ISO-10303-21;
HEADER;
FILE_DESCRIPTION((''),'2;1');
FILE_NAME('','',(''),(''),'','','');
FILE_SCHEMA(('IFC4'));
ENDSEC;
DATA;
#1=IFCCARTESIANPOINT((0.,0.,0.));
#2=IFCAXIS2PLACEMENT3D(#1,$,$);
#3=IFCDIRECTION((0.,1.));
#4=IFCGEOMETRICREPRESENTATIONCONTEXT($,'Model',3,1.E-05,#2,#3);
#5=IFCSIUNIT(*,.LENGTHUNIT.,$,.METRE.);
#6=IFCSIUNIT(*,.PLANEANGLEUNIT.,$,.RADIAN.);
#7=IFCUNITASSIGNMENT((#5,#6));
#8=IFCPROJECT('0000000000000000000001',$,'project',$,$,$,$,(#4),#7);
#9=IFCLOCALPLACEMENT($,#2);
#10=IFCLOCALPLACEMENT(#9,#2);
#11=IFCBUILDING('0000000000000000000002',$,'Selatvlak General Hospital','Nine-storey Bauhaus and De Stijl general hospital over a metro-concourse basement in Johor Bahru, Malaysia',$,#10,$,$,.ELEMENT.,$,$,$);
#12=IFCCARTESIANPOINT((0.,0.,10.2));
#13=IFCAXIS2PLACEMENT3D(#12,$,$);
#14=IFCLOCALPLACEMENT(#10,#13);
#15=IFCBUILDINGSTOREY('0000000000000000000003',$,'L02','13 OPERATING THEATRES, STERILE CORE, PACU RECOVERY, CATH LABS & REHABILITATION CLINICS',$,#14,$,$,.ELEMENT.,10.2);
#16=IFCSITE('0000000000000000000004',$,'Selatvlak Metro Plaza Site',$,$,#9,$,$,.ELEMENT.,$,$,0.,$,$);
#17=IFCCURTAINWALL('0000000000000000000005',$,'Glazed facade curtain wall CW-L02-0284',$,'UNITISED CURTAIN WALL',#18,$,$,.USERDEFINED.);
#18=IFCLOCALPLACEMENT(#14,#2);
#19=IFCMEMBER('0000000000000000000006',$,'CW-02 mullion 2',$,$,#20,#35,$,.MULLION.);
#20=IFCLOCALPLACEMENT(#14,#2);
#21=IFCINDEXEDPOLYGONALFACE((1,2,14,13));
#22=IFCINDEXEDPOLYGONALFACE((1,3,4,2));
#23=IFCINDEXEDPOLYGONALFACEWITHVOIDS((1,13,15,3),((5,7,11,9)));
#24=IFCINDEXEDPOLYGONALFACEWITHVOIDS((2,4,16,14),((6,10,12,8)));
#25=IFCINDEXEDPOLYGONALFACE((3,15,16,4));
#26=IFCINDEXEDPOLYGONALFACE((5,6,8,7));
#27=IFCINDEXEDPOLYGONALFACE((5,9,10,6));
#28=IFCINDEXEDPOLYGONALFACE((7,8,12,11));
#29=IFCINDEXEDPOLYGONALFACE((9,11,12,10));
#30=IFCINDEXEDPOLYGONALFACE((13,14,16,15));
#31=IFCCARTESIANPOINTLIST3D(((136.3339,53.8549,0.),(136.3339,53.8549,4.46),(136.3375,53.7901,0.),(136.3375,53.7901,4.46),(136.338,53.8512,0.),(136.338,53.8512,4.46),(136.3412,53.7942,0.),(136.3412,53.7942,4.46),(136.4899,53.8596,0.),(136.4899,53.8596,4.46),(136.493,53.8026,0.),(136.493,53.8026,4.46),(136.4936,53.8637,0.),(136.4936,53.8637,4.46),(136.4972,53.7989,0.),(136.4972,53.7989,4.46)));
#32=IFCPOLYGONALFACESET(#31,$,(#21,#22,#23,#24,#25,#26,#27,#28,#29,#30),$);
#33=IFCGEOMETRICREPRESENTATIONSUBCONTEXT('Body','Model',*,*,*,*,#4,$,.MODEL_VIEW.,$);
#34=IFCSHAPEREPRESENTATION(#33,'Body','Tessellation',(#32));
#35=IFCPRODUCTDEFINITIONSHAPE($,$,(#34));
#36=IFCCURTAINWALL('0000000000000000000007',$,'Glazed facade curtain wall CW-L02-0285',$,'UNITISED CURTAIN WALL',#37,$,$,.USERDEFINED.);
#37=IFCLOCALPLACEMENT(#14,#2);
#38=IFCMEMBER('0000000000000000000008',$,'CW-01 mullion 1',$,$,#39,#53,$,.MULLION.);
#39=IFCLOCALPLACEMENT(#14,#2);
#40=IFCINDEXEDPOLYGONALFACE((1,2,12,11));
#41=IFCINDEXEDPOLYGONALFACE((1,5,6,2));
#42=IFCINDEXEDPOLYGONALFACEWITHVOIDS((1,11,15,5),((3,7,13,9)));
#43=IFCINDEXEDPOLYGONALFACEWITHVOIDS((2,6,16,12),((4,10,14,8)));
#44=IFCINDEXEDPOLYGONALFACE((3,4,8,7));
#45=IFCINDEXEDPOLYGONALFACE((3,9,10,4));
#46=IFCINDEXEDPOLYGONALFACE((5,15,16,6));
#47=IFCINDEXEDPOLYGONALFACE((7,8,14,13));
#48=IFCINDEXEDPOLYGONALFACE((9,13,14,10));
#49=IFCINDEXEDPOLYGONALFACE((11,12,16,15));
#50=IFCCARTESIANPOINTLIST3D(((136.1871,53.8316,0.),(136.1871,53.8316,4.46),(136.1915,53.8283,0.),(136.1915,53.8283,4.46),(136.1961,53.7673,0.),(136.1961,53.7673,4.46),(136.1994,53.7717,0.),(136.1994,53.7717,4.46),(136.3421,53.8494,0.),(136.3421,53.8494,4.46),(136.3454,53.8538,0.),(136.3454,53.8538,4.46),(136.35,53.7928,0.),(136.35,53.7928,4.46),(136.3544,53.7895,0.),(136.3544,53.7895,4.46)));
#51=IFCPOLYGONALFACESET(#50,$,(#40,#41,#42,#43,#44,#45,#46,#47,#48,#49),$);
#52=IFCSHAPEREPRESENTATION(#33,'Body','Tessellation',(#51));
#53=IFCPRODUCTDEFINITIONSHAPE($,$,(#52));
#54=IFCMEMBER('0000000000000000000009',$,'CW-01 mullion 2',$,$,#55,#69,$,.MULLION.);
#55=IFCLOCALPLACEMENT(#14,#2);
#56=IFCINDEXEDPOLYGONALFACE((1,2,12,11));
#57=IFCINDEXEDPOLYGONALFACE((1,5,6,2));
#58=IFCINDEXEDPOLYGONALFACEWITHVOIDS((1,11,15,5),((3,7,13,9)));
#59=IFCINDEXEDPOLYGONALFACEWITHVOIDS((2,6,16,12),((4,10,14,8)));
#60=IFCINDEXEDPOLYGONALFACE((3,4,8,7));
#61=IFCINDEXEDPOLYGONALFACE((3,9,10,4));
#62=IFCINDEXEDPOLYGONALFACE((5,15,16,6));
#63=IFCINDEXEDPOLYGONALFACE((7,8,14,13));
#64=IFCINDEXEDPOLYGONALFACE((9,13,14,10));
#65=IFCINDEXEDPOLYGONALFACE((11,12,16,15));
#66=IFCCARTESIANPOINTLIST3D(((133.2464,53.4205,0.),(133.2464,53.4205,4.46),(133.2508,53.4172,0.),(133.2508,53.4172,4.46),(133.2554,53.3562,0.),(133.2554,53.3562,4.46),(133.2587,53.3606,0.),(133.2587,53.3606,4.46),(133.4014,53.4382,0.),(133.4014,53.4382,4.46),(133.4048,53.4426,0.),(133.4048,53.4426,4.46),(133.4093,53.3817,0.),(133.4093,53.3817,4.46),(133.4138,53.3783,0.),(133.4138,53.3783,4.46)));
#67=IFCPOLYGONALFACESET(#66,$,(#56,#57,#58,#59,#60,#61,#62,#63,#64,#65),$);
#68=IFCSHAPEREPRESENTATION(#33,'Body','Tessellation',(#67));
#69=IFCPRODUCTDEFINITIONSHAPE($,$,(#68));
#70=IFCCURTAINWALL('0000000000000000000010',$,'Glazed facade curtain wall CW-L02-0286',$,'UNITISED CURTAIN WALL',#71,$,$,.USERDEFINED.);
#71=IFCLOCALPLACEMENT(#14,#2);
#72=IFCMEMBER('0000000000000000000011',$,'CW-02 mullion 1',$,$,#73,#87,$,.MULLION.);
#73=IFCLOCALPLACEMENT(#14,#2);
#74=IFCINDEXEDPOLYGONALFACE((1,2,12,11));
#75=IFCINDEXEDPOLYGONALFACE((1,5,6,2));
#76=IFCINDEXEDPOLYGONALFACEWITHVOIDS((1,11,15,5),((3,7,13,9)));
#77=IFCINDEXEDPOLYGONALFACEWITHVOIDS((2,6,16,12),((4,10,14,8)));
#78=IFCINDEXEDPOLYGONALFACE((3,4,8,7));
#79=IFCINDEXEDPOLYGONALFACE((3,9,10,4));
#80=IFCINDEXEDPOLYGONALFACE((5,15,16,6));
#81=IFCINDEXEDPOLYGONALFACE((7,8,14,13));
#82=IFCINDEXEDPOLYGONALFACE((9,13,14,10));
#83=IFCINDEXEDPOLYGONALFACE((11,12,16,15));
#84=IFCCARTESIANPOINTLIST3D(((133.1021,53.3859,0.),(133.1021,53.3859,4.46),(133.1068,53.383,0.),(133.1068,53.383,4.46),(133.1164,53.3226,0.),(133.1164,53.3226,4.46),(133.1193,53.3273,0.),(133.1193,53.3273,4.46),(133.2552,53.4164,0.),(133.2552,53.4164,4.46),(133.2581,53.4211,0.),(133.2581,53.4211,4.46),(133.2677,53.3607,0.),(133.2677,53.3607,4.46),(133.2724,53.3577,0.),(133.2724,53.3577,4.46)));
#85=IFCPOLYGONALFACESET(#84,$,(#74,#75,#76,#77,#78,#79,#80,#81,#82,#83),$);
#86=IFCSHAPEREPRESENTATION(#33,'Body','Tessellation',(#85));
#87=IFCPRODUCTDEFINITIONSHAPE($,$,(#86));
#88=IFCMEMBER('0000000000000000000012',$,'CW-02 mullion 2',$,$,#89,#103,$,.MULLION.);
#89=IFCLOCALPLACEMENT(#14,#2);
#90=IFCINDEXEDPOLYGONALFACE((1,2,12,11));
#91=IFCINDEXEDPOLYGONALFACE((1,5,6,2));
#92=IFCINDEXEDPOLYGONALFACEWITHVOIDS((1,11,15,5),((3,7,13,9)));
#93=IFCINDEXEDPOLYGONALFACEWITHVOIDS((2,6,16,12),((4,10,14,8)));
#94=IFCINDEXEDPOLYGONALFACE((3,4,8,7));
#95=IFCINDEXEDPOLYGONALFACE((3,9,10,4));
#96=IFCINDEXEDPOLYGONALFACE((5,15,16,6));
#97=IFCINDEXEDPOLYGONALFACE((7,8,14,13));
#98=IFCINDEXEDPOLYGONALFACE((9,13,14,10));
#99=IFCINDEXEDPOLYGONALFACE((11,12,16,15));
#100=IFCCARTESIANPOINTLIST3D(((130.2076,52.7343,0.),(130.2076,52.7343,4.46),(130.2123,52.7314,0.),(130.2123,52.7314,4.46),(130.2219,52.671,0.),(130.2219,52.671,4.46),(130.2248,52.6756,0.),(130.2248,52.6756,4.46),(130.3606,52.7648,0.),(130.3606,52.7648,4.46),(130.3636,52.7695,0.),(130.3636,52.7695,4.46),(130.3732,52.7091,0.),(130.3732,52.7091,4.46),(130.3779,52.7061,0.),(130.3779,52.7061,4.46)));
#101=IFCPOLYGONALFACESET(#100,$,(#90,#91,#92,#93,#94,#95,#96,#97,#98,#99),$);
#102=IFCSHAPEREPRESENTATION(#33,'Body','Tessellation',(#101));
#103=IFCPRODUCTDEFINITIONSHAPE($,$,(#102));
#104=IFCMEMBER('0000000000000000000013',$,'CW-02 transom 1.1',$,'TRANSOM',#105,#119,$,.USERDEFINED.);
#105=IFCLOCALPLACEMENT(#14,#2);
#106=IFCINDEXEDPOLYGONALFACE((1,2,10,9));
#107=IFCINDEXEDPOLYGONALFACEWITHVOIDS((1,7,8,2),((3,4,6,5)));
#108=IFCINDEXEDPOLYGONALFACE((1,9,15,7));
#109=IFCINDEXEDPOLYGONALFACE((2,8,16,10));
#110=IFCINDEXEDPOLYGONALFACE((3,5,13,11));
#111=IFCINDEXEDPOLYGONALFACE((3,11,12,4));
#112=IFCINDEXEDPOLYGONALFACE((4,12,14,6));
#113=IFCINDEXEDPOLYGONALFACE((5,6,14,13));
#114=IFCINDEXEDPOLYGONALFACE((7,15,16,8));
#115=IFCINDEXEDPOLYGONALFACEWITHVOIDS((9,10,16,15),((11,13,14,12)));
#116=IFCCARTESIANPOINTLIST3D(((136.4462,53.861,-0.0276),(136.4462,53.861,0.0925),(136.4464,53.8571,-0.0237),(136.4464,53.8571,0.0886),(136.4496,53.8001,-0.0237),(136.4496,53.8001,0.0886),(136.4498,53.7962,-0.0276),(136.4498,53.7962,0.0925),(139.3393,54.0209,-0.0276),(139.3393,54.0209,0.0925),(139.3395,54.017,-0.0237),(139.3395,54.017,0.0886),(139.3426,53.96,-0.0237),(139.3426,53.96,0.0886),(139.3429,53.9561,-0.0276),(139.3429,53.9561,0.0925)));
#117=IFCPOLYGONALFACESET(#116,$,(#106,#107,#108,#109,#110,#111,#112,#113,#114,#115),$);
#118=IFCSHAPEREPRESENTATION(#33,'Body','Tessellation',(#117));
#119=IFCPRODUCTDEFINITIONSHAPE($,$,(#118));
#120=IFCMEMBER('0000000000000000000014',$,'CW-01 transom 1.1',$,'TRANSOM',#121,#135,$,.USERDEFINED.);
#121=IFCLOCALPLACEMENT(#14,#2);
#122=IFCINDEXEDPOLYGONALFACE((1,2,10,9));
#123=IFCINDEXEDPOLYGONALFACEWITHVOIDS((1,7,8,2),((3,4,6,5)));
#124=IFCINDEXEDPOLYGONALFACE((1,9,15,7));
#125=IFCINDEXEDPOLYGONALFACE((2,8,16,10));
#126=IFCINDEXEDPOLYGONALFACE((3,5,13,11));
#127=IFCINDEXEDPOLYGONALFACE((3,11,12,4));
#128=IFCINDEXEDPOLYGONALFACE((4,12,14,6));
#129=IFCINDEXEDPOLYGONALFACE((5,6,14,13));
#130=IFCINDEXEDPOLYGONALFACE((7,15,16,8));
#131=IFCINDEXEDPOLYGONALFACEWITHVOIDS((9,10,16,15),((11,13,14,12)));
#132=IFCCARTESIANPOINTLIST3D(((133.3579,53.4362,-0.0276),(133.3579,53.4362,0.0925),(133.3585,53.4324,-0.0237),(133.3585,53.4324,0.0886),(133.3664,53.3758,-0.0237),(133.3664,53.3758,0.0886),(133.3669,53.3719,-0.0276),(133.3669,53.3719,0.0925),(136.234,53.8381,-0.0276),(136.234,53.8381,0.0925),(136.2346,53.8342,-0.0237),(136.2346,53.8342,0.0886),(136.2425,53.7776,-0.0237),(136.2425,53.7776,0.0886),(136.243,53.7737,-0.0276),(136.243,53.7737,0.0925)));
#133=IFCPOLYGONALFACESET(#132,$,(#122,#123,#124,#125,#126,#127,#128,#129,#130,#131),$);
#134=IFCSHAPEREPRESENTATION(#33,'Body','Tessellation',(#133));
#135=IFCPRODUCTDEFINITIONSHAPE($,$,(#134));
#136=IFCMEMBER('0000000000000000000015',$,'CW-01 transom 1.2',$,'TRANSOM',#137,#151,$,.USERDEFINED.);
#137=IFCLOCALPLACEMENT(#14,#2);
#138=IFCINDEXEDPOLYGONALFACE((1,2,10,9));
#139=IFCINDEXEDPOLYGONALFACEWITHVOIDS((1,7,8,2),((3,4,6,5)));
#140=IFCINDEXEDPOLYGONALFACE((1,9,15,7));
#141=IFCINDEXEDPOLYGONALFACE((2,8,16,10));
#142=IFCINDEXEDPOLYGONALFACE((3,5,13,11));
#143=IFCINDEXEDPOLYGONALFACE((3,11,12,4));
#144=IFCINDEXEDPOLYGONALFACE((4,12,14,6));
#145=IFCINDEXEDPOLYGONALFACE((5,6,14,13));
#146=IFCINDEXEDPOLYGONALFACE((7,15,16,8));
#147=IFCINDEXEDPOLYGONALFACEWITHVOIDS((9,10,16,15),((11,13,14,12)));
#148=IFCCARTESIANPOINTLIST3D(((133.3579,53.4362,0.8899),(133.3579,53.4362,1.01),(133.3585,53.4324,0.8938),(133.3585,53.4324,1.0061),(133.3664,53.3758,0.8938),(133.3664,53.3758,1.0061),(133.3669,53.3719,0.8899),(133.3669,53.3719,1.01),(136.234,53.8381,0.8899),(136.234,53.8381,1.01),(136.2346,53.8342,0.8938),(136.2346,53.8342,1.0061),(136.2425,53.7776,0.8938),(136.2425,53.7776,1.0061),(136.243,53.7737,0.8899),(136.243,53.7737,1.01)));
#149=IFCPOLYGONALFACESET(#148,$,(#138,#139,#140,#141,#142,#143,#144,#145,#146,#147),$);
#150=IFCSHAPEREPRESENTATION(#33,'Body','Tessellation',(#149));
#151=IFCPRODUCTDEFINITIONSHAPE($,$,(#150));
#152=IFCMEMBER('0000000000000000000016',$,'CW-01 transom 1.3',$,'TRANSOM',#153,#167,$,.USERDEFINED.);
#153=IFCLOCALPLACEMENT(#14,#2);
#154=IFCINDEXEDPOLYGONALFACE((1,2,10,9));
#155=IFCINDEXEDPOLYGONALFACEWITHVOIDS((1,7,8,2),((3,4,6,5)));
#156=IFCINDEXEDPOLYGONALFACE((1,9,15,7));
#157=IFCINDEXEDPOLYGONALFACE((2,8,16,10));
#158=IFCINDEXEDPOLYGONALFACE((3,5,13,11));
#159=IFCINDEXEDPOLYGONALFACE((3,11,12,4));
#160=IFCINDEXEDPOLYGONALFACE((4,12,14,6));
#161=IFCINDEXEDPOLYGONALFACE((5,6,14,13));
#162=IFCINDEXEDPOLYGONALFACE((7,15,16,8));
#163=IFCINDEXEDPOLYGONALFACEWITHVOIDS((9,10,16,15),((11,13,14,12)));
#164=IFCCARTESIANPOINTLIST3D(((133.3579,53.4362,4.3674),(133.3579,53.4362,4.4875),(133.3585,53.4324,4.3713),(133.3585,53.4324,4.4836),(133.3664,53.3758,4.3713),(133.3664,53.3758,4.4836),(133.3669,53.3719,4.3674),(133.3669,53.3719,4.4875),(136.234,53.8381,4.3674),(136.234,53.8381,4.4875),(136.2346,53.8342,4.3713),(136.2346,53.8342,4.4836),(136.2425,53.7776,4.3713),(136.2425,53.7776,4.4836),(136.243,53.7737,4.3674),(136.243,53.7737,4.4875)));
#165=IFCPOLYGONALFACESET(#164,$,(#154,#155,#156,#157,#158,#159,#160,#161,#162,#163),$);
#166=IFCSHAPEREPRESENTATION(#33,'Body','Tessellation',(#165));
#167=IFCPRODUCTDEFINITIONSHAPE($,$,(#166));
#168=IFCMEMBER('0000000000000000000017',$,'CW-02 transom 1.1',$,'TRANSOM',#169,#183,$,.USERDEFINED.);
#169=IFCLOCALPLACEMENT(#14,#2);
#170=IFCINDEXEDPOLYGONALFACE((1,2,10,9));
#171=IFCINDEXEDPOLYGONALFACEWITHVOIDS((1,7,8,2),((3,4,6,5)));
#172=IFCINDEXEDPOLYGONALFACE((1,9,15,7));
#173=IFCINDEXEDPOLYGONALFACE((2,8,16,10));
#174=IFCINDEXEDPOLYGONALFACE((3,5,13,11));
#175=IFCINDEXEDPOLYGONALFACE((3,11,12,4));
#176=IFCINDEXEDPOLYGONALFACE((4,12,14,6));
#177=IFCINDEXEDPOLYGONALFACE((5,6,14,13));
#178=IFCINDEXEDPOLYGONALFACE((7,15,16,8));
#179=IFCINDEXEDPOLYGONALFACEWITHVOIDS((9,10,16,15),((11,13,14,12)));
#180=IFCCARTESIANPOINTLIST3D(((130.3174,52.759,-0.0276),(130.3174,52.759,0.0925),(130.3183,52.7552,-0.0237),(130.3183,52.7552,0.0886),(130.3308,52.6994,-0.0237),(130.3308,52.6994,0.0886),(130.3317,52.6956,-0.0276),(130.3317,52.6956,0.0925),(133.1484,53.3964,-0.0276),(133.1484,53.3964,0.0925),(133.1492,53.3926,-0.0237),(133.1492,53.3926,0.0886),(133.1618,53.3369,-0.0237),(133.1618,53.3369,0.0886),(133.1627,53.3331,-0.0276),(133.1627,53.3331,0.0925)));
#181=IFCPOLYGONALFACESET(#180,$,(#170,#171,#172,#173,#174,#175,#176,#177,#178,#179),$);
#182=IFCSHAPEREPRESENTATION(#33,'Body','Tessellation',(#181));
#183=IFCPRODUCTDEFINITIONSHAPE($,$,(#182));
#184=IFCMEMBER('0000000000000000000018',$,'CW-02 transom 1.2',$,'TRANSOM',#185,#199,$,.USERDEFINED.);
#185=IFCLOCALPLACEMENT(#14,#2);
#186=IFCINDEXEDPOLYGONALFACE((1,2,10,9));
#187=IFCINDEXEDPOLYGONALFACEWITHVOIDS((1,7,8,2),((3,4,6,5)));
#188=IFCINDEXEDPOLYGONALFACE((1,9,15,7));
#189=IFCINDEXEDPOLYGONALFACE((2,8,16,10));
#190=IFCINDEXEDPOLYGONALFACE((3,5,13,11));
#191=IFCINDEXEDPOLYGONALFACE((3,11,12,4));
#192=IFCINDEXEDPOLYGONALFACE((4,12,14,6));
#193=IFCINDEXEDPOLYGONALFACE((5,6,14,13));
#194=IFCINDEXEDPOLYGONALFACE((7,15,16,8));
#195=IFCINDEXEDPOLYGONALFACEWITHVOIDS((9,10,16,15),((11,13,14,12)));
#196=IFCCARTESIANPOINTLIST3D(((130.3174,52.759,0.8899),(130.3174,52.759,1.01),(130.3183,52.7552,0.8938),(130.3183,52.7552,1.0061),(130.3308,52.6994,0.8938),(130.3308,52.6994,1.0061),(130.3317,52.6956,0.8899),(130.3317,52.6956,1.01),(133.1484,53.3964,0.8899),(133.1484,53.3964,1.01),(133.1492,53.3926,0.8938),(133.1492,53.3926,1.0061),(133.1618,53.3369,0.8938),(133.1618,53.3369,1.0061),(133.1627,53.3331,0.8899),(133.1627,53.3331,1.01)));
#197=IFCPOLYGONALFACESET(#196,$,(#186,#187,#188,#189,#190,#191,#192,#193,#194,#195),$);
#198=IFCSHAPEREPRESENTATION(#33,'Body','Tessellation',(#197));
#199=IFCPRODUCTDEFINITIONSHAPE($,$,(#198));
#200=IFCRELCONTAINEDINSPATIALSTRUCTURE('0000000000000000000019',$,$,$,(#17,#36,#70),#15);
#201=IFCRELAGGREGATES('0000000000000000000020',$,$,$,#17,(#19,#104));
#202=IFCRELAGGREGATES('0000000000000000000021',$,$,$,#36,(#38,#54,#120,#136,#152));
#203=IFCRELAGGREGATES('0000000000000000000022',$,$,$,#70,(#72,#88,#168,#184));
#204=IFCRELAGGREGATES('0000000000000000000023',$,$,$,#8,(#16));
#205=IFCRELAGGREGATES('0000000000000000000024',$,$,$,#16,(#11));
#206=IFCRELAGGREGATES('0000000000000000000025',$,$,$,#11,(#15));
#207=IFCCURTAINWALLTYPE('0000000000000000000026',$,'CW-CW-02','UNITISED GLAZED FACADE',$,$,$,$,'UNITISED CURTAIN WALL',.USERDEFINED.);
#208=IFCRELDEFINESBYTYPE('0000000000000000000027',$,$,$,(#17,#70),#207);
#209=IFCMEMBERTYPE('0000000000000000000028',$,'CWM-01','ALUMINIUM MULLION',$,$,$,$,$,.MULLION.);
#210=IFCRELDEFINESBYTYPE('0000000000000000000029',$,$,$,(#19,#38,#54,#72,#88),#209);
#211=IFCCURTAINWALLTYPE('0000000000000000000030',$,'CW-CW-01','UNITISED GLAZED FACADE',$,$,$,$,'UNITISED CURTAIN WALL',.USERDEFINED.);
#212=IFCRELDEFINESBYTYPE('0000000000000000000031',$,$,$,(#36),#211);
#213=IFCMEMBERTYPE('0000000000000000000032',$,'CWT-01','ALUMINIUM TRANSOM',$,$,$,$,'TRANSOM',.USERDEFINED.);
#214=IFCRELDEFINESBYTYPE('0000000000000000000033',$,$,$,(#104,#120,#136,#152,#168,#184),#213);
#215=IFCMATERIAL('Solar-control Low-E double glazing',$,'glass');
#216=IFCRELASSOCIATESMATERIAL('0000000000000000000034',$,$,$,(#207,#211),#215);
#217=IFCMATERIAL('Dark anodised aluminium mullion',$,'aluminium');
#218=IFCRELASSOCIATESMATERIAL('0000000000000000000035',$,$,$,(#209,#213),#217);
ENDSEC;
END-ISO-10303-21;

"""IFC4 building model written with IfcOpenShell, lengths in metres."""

from ifc_helpers import new_model, si_unit, direction, frame, origin, origin_2d, place, context, subcontext, project, spatial, hollow_rectangle, extrude, material, material_profile, profile_set, type_object, element, aggregate, save


model = new_model("IFC4")

# Units and contexts
model_context = context("Model", 3, precision=1e-05, world=origin(), true_north=direction((0.0, 1.0)))
body_context = subcontext(model_context, "Body", "Model", "MODEL_VIEW")
ifc_project = project(units=[si_unit("LENGTHUNIT", "METRE"), si_unit("PLANEANGLEUNIT", "RADIAN")], contexts=[model_context])

# Site, building, storey
site_placement = place(None, origin())
site = spatial("IfcSite", under=ifc_project, at=site_placement, Name="Selatvlak Metro Plaza Site", CompositionType="ELEMENT", RefElevation=0.0)
building_placement = place(site_placement, origin())
building = spatial("IfcBuilding", under=site, at=building_placement, Name="Selatvlak General Hospital", Description="Nine-storey Bauhaus and De Stijl general hospital over a metro-concourse basement in Johor Bahru, Malaysia", CompositionType="ELEMENT")
storey_placement = place(building_placement, frame((0.0, 0.0, 10.2)))
storey = spatial("IfcBuildingStorey", under=building, at=storey_placement, Name="L02", Description="13 OPERATING THEATRES, STERILE CORE, PACU RECOVERY, CATH LABS & REHABILITATION CLINICS", CompositionType="ELEMENT", Elevation=10.2)

# Curtain wall, member
ifc_material_1 = material(Name="Solar-control Low-E double glazing", Category="glass")
curtain_wall_type_1 = type_object("IfcCurtainWallType", Name="CW-CW-02", Description="UNITISED GLAZED FACADE", ElementType="UNITISED CURTAIN WALL", PredefinedType="USERDEFINED", material=ifc_material_1)
curtain_wall_1_placement = place(storey_placement, origin())
curtain_wall_1 = element("IfcCurtainWall", 1, at=curtain_wall_1_placement, inside=storey, type_object=curtain_wall_type_1, Name="Glazed facade curtain wall CW-L02-0284", ObjectType="UNITISED CURTAIN WALL", PredefinedType="USERDEFINED")
ifc_material_2 = material(Name="Dark anodised aluminium mullion", Category="aluminium")
ifc_material_profile_1 = material_profile(ifc_material_2, hollow_rectangle(XDim=0.0649, YDim=0.1599, WallThickness=0.0039, at=origin_2d()), Name="AL-MUL 65x160x4")
ifc_profile_set_1 = profile_set([ifc_material_profile_1], Name="Dark anodised aluminium mullion")
member_type_1 = type_object("IfcMemberType", Name="CWM-01", Description="ALUMINIUM MULLION", PredefinedType="MULLION", material=ifc_profile_set_1)
member_1_placement = place(storey_placement, frame((136.4155, 53.8269, 0.0), z_axis=(0.0, 0.0, 1.0), x_axis=(0.055159, -0.998478, 0.0)))
member_1 = element("IfcMember", 2, at=member_1_placement, type_object=member_type_1, Name="CW-02 mullion 2", PredefinedType="MULLION", context=body_context, shape_type="SweptSolid", body=[
    extrude(hollow_rectangle(XDim=0.0649, YDim=0.1599, WallThickness=0.0039, at=origin_2d()), origin(), (0.0, 0.0, 1.0), 4.46),
])

# Curtain walls, members
curtain_wall_type_2 = type_object("IfcCurtainWallType", Name="CW-CW-01", Description="UNITISED GLAZED FACADE", ElementType="UNITISED CURTAIN WALL", PredefinedType="USERDEFINED", material=ifc_material_1)
curtain_wall_2_placement = place(storey_placement, origin())
curtain_wall_2 = element("IfcCurtainWall", 3, at=curtain_wall_2_placement, inside=storey, type_object=curtain_wall_type_2, Name="Glazed facade curtain wall CW-L02-0285", ObjectType="UNITISED CURTAIN WALL", PredefinedType="USERDEFINED")
member_2_placement = place(storey_placement, frame((136.2708, 53.8105, 0.0), z_axis=(0.0, 0.0, 1.0), x_axis=(0.138422, -0.990373, 0.0)))
member_2 = element("IfcMember", 4, at=member_2_placement, type_object=member_type_1, Name="CW-01 mullion 1", PredefinedType="MULLION", context=body_context, shape_type="SweptSolid", body=[
    extrude(hollow_rectangle(XDim=0.0649, YDim=0.1599, WallThickness=0.0039, at=origin_2d()), origin(), (0.0, 0.0, 1.0), 4.46),
])
member_3_placement = place(storey_placement, frame((133.3301, 53.3994, 0.0), z_axis=(0.0, 0.0, 1.0), x_axis=(0.138422, -0.990373, 0.0)))
member_3 = element("IfcMember", 5, at=member_3_placement, type_object=member_type_1, Name="CW-01 mullion 2", PredefinedType="MULLION", context=body_context, shape_type="SweptSolid", body=[
    extrude(hollow_rectangle(XDim=0.0649, YDim=0.1599, WallThickness=0.0039, at=origin_2d()), origin(), (0.0, 0.0, 1.0), 4.46),
])
curtain_wall_3_placement = place(storey_placement, origin())
curtain_wall_3 = element("IfcCurtainWall", 6, at=curtain_wall_3_placement, inside=storey, type_object=curtain_wall_type_1, Name="Glazed facade curtain wall CW-L02-0286", ObjectType="UNITISED CURTAIN WALL", PredefinedType="USERDEFINED")
member_4_placement = place(storey_placement, frame((133.1873, 53.3718, 0.0), z_axis=(0.0, 0.0, 1.0), x_axis=(0.219653, -0.975578, 0.0)))
member_4 = element("IfcMember", 7, at=member_4_placement, type_object=member_type_1, Name="CW-02 mullion 1", PredefinedType="MULLION", context=body_context, shape_type="SweptSolid", body=[
    extrude(hollow_rectangle(XDim=0.0649, YDim=0.1599, WallThickness=0.0039, at=origin_2d()), origin(), (0.0, 0.0, 1.0), 4.46),
])
member_5_placement = place(storey_placement, frame((130.2927, 52.7202, 0.0), z_axis=(0.0, 0.0, 1.0), x_axis=(0.219653, -0.975578, 0.0)))
member_5 = element("IfcMember", 8, at=member_5_placement, type_object=member_type_1, Name="CW-02 mullion 2", PredefinedType="MULLION", context=body_context, shape_type="SweptSolid", body=[
    extrude(hollow_rectangle(XDim=0.0649, YDim=0.1599, WallThickness=0.0039, at=origin_2d()), origin(), (0.0, 0.0, 1.0), 4.46),
])

# Members
ifc_material_profile_2 = material_profile(ifc_material_2, hollow_rectangle(XDim=0.0649, YDim=0.1201, WallThickness=0.0039, at=origin_2d()), Name="AL-TRN 65x120x4")
ifc_profile_set_2 = profile_set([ifc_material_profile_2], Name="Dark anodised aluminium mullion")
member_type_2 = type_object("IfcMemberType", Name="CWT-01", Description="ALUMINIUM TRANSOM", ElementType="TRANSOM", PredefinedType="USERDEFINED", material=ifc_profile_set_2)
member_6_placement = place(storey_placement, frame((139.3411, 53.9885, 0.0325), z_axis=(-0.998476, -0.05519, 0.0), x_axis=(0.05519, -0.998476, 0.0)))
member_6 = element("IfcMember", 9, at=member_6_placement, type_object=member_type_2, Name="CW-02 transom 1.1", ObjectType="TRANSOM", PredefinedType="USERDEFINED", context=body_context, shape_type="SweptSolid", body=[
    extrude(hollow_rectangle(XDim=0.0649, YDim=0.1201, WallThickness=0.0039, at=origin_2d()), origin(), (0.0, 0.0, 1.0), 2.8975),
])
member_7_placement = place(storey_placement, frame((136.2385, 53.8059, 0.0325), z_axis=(-0.99038, -0.138372, 0.0), x_axis=(0.138372, -0.99038, 0.0)))
member_7 = element("IfcMember", 10, at=member_7_placement, type_object=member_type_2, Name="CW-01 transom 1.1", ObjectType="TRANSOM", PredefinedType="USERDEFINED", context=body_context, shape_type="SweptSolid", body=[
    extrude(hollow_rectangle(XDim=0.0649, YDim=0.1201, WallThickness=0.0039, at=origin_2d()), origin(), (0.0, 0.0, 1.0), 2.9041),
])
member_8_placement = place(storey_placement, frame((136.2385, 53.8059, 0.95), z_axis=(-0.99038, -0.138372, 0.0), x_axis=(0.138372, -0.99038, 0.0)))
member_8 = element("IfcMember", 11, at=member_8_placement, type_object=member_type_2, Name="CW-01 transom 1.2", ObjectType="TRANSOM", PredefinedType="USERDEFINED", context=body_context, shape_type="SweptSolid", body=[
    extrude(hollow_rectangle(XDim=0.0649, YDim=0.1201, WallThickness=0.0039, at=origin_2d()), origin(), (0.0, 0.0, 1.0), 2.9041),
])
member_9_placement = place(storey_placement, frame((136.2385, 53.8059, 4.4275), z_axis=(-0.99038, -0.138372, 0.0), x_axis=(0.138372, -0.99038, 0.0)))
member_9 = element("IfcMember", 12, at=member_9_placement, type_object=member_type_2, Name="CW-01 transom 1.3", ObjectType="TRANSOM", PredefinedType="USERDEFINED", context=body_context, shape_type="SweptSolid", body=[
    extrude(hollow_rectangle(XDim=0.0649, YDim=0.1201, WallThickness=0.0039, at=origin_2d()), origin(), (0.0, 0.0, 1.0), 2.9041),
])
member_10_placement = place(storey_placement, frame((133.1555, 53.3647, 0.0325), z_axis=(-0.975576, -0.219664, 0.0), x_axis=(0.219664, -0.975576, 0.0)))
member_10 = element("IfcMember", 13, at=member_10_placement, type_object=member_type_2, Name="CW-02 transom 1.1", ObjectType="TRANSOM", PredefinedType="USERDEFINED", context=body_context, shape_type="SweptSolid", body=[
    extrude(hollow_rectangle(XDim=0.0649, YDim=0.1201, WallThickness=0.0039, at=origin_2d()), origin(), (0.0, 0.0, 1.0), 2.9019),
])
member_11_placement = place(storey_placement, frame((133.1555, 53.3647, 0.95), z_axis=(-0.975576, -0.219664, 0.0), x_axis=(0.219664, -0.975576, 0.0)))
member_11 = element("IfcMember", 14, at=member_11_placement, type_object=member_type_2, Name="CW-02 transom 1.2", ObjectType="TRANSOM", PredefinedType="USERDEFINED", context=body_context, shape_type="SweptSolid", body=[
    extrude(hollow_rectangle(XDim=0.0649, YDim=0.1201, WallThickness=0.0039, at=origin_2d()), origin(), (0.0, 0.0, 1.0), 2.9019),
])

aggregate(curtain_wall_1, [member_1, member_6])
aggregate(curtain_wall_2, [member_2, member_3, member_7, member_8, member_9])
aggregate(curtain_wall_3, [member_4, member_5, member_10, member_11])

save(model, "model.ifc")
